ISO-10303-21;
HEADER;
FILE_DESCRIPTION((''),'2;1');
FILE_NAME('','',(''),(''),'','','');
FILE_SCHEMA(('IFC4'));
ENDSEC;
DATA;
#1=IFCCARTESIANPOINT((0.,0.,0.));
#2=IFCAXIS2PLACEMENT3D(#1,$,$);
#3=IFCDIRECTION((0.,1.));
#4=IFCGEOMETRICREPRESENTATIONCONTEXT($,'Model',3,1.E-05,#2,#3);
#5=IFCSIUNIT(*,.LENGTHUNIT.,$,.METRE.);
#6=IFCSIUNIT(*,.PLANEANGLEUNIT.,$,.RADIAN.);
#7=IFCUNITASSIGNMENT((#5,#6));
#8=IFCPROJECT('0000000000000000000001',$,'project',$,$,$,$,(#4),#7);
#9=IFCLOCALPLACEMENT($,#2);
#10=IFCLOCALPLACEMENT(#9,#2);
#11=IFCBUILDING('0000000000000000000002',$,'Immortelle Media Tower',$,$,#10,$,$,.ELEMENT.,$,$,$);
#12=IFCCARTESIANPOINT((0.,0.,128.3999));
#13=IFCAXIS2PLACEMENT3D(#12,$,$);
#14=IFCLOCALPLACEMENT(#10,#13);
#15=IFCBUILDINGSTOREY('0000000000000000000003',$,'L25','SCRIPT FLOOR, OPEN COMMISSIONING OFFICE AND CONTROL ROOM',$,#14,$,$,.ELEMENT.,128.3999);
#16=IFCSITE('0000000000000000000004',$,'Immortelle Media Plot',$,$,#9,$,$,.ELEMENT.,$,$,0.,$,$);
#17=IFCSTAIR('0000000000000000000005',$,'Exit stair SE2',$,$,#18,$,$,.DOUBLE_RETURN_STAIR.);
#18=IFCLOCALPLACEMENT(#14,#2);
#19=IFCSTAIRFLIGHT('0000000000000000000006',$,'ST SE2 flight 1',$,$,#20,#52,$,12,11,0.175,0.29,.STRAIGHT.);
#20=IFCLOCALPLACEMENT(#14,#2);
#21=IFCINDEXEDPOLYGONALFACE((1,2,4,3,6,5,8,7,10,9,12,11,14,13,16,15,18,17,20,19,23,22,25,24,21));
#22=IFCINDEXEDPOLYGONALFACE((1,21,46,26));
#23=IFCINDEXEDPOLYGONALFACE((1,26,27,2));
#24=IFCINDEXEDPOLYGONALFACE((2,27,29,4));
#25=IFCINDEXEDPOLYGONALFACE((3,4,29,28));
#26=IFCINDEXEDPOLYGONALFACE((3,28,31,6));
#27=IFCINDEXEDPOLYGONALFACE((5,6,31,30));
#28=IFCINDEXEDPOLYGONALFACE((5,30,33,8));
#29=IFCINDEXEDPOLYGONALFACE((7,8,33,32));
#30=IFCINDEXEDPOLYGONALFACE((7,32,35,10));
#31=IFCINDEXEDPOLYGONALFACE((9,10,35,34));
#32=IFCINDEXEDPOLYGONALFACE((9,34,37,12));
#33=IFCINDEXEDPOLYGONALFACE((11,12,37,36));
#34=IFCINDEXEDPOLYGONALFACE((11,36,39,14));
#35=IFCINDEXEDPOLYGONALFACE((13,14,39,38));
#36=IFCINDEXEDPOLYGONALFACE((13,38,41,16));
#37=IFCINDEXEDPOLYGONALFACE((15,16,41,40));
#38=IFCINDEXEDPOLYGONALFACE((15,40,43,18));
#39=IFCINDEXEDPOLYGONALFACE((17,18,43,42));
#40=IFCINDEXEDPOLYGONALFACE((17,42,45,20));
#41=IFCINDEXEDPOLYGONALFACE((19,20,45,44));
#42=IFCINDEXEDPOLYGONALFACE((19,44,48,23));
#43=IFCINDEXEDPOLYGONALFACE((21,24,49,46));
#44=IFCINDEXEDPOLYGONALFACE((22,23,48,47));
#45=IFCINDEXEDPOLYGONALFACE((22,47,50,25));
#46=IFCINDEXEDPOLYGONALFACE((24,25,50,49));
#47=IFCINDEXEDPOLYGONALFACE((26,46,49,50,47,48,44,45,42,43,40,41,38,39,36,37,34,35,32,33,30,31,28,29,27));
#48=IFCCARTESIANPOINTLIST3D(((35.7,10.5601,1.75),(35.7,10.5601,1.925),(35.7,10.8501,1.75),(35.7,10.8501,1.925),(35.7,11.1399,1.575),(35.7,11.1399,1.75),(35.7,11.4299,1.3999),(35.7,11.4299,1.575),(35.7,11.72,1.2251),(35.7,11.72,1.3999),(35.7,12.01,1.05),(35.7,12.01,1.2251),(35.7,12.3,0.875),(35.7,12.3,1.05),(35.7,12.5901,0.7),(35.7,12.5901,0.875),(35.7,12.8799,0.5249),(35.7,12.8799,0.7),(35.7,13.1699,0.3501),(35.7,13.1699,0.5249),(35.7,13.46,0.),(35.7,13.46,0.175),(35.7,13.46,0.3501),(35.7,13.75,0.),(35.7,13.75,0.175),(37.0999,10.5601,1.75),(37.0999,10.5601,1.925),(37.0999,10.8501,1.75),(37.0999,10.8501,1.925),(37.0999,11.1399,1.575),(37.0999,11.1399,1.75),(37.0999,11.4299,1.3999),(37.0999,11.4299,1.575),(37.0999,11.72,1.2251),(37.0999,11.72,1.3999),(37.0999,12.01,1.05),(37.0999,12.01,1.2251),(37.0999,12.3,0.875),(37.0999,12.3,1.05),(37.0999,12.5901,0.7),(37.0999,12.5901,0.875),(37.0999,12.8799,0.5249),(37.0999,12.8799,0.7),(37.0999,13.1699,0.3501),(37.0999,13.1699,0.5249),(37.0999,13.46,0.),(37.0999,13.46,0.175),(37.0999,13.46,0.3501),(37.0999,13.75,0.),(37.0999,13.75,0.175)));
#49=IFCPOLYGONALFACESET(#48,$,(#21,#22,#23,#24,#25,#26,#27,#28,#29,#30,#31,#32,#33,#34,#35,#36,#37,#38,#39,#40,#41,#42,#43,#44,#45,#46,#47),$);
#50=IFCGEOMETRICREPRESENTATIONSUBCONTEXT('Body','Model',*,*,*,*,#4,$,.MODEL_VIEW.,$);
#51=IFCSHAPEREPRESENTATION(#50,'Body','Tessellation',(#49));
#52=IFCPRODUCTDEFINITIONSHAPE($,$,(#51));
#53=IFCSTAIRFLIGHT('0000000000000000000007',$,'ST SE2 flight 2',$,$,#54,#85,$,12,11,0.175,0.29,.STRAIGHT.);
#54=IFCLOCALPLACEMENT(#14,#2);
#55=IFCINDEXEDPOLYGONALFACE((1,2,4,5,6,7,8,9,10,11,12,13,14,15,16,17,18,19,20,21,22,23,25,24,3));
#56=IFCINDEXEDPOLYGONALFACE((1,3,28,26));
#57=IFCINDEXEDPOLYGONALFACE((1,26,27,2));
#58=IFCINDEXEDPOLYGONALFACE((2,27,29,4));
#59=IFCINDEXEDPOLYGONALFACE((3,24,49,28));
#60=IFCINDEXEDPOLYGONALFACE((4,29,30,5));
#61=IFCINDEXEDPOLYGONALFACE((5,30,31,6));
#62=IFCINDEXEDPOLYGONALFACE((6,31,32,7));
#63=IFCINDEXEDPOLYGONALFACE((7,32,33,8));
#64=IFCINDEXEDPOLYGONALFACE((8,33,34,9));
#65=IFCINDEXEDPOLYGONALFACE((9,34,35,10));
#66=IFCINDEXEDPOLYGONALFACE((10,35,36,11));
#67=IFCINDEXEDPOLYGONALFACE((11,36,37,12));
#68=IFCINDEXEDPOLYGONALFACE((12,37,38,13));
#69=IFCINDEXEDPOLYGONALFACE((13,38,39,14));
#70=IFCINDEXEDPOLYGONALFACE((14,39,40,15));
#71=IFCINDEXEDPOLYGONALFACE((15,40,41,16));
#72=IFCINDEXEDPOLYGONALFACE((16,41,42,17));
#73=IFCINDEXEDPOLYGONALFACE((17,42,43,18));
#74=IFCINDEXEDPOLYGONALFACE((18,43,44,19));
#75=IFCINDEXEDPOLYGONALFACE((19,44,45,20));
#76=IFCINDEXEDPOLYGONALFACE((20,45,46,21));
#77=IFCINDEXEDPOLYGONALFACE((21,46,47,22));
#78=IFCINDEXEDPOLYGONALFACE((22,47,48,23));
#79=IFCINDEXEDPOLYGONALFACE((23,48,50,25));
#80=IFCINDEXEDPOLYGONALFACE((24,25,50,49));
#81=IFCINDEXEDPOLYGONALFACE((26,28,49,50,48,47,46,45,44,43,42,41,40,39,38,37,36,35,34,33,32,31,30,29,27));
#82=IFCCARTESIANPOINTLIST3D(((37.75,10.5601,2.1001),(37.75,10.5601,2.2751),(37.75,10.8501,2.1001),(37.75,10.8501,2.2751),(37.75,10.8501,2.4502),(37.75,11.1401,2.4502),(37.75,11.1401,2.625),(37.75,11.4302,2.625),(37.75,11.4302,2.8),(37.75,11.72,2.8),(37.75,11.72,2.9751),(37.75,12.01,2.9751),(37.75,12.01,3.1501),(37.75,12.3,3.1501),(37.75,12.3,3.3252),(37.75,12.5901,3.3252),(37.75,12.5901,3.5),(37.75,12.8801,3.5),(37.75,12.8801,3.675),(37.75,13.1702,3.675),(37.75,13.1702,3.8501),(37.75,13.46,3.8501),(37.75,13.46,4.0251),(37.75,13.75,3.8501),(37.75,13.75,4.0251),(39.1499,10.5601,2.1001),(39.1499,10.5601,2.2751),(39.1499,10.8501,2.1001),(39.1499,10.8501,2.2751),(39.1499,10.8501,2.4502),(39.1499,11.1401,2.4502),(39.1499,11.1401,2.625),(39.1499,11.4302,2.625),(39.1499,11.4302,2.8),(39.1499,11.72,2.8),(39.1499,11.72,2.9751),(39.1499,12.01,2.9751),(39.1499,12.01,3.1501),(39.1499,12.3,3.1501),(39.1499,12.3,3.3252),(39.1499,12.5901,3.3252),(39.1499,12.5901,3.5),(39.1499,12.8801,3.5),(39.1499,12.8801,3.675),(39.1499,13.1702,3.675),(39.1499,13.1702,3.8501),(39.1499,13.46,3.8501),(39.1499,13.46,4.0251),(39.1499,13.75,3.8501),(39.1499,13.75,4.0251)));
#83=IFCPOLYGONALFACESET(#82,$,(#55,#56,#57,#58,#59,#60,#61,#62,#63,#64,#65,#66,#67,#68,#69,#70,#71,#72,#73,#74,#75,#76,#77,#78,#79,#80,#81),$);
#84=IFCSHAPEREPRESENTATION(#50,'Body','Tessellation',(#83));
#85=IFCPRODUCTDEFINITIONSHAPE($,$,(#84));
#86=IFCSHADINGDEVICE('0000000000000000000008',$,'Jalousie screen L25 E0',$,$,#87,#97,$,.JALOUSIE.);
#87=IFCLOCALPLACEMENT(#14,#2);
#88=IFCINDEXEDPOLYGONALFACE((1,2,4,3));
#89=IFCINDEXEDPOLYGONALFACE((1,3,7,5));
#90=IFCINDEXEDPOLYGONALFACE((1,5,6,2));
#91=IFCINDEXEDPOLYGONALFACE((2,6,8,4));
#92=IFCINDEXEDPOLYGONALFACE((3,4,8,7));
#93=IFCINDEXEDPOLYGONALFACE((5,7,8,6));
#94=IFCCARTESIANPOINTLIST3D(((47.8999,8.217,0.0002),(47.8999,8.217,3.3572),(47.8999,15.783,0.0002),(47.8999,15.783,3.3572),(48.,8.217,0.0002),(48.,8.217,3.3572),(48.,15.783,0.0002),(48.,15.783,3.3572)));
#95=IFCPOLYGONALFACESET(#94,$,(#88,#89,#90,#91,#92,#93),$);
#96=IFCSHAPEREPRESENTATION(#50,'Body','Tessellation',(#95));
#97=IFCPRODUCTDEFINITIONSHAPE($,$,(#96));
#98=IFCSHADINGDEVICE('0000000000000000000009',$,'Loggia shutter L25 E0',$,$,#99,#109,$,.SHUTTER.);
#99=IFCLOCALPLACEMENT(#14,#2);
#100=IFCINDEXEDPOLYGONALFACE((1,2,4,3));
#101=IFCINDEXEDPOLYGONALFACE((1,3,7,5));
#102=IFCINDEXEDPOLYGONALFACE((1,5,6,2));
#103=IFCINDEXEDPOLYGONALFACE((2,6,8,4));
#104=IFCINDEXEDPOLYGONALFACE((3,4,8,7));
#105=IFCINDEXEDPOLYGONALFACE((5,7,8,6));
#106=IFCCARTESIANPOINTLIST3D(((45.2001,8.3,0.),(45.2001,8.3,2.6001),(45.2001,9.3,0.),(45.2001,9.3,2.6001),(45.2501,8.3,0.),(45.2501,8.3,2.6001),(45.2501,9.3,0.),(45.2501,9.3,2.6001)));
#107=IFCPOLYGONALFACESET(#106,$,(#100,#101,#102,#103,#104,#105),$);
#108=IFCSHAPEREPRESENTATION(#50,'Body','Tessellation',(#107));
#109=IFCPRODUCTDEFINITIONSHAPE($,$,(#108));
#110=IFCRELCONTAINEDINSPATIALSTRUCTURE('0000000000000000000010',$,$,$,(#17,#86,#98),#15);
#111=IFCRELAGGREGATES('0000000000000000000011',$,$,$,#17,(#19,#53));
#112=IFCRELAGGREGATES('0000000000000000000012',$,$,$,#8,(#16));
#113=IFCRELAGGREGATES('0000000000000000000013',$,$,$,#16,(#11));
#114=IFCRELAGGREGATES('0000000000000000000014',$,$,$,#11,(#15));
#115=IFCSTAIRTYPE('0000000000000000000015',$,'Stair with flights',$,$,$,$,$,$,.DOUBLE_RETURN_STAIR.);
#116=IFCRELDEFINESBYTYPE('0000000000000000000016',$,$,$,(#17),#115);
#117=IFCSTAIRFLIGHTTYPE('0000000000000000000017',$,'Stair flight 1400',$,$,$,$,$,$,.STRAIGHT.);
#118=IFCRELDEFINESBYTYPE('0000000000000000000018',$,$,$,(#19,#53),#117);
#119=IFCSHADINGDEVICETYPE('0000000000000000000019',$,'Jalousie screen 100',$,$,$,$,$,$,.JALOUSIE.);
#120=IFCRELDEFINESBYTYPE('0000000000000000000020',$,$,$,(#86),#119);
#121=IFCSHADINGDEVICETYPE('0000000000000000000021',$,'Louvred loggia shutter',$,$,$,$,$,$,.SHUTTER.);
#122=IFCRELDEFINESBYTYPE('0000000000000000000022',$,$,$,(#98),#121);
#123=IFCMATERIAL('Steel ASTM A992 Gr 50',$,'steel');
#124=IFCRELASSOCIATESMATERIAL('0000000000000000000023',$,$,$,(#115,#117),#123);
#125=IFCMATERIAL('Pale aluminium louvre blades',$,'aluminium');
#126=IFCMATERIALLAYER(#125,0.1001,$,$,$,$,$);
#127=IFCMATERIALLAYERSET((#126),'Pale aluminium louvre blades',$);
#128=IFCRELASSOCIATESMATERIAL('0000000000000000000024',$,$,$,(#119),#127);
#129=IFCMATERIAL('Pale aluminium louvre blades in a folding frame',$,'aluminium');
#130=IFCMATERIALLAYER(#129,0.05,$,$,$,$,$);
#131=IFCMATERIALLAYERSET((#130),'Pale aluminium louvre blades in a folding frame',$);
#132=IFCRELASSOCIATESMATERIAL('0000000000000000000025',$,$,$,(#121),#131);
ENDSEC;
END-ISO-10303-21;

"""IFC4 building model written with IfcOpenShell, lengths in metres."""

from ifc_helpers import new_model, si_unit, direction, frame, origin, origin_2d, place, context, subcontext, project, spatial, polyline, rectangle, outline, extrude, material, layer, layer_set, type_object, element, aggregate, save


model = new_model("IFC4")

# Units and contexts
model_context = context("Model", 3, precision=1e-05, world=origin(), true_north=direction((0.0, 1.0)))
body_context = subcontext(model_context, "Body", "Model", "MODEL_VIEW")
ifc_project = project(units=[si_unit("LENGTHUNIT", "METRE"), si_unit("PLANEANGLEUNIT", "RADIAN")], contexts=[model_context])

# Site, building, storey
site_placement = place(None, origin())
site = spatial("IfcSite", under=ifc_project, at=site_placement, Name="Immortelle Media Plot", CompositionType="ELEMENT", RefElevation=0.0)
building_placement = place(site_placement, origin())
building = spatial("IfcBuilding", under=site, at=building_placement, Name="Immortelle Media Tower", CompositionType="ELEMENT")
storey_placement = place(building_placement, frame((0.0, 0.0, 128.3999)))
storey = spatial("IfcBuildingStorey", under=building, at=storey_placement, Name="L25", Description="SCRIPT FLOOR, OPEN COMMISSIONING OFFICE AND CONTROL ROOM", CompositionType="ELEMENT", Elevation=128.3999)

# Shared definitions
ifc_material_1 = material(Name="Steel ASTM A992 Gr 50", Category="steel")

# Stair, stair flights
stair_type = type_object("IfcStairType", Name="Stair with flights", PredefinedType="DOUBLE_RETURN_STAIR", material=ifc_material_1)
stair_flight_type = type_object("IfcStairFlightType", Name="Stair flight 1400", PredefinedType="STRAIGHT", material=ifc_material_1)
stair_1_placement = place(storey_placement, origin())
stair_1 = element("IfcStair", 1, at=stair_1_placement, inside=storey, type_object=stair_type, Name="Exit stair SE2", PredefinedType="DOUBLE_RETURN_STAIR")
stair_flight_1_placement = place(storey_placement, frame((36.3999, 13.75, 0.0), z_axis=(0.0, 0.0, 1.0), x_axis=(0.0, -1.0, 0.0)))
stair_flight_1 = element("IfcStairFlight", 2, at=stair_flight_1_placement, type_object=stair_flight_type, Name="ST SE2 flight 1", NumberOfRisers=12, NumberOfTreads=11, PredefinedType="STRAIGHT", RiserHeight=0.175, TreadLength=0.29, context=body_context, shape_type="SweptSolid", body=[
    extrude(outline(polyline([(0.0, 0.0), (0.0, 0.175), (0.29, 0.175), (0.29, 0.3501), (0.5801, 0.3501), (0.5801, 0.5249), (0.8701, 0.5249), (0.8701, 0.7), (1.1599, 0.7), (1.1599, 0.875), (1.45, 0.875), (1.45, 1.05), (1.74, 1.05), (1.74, 1.2251), (2.03, 1.2251), (2.03, 1.3999), (2.3201, 1.3999), (2.3201, 1.575), (2.6101, 1.575), (2.6101, 1.75), (2.8999, 1.75), (2.8999, 1.925), (3.1899, 1.925), (3.1899, 2.1001), (3.1899, 1.75), (0.29, 0.0), (0.0, 0.0)])), frame((0.0, 0.7, 0.0), z_axis=(0.0, -1.0, 0.0), x_axis=(1.0, 0.0, 0.0)), (0.0, 0.0, 1.0), 1.3999),
])
stair_flight_2_placement = place(storey_placement, frame((38.45, 10.5601, 2.1001), z_axis=(0.0, 0.0, 1.0), x_axis=(0.0, 1.0, 0.0)))
stair_flight_2 = element("IfcStairFlight", 3, at=stair_flight_2_placement, type_object=stair_flight_type, Name="ST SE2 flight 2", NumberOfRisers=12, NumberOfTreads=11, PredefinedType="STRAIGHT", RiserHeight=0.175, TreadLength=0.29, context=body_context, shape_type="SweptSolid", body=[
    extrude(outline(polyline([(0.0, 0.0), (0.0, 0.175), (0.29, 0.175), (0.29, 0.3501), (0.5801, 0.3501), (0.5801, 0.5249), (0.8701, 0.5249), (0.8701, 0.7), (1.1599, 0.7), (1.1599, 0.875), (1.45, 0.875), (1.45, 1.05), (1.74, 1.05), (1.74, 1.2251), (2.03, 1.2251), (2.03, 1.3999), (2.3201, 1.3999), (2.3201, 1.575), (2.6101, 1.575), (2.6101, 1.75), (2.8999, 1.75), (2.8999, 1.925), (3.1899, 1.925), (3.1899, 2.1001), (3.1899, 1.75), (0.29, 0.0), (0.0, 0.0)])), frame((0.0, 0.7, 0.0), z_axis=(0.0, -1.0, 0.0), x_axis=(1.0, 0.0, 0.0)), (0.0, 0.0, 1.0), 1.3999),
])
aggregate(stair_1, [stair_flight_1, stair_flight_2])

# Shading devices
ifc_material_2 = material(Name="Pale aluminium louvre blades", Category="aluminium")
ifc_layer_1 = layer(ifc_material_2, 0.1001)
ifc_layer_set_1 = layer_set([ifc_layer_1], Name="Pale aluminium louvre blades")
shading_device_type_1 = type_object("IfcShadingDeviceType", Name="Jalousie screen 100", PredefinedType="JALOUSIE", material=ifc_layer_set_1)
shading_device_1_placement = place(storey_placement, frame((47.95, 12.0, 0.0002), z_axis=(0.0, 0.0, 1.0), x_axis=(0.0, 1.0, 0.0)))
element("IfcShadingDevice", 4, at=shading_device_1_placement, inside=storey, type_object=shading_device_type_1, Name="Jalousie screen L25 E0", PredefinedType="JALOUSIE", context=body_context, shape_type="SweptSolid", body=[
    extrude(rectangle(XDim=7.5659, YDim=0.1001, at=origin_2d()), origin(), (0.0, 0.0, 1.0), 3.3569),
])
ifc_material_3 = material(Name="Pale aluminium louvre blades in a folding frame", Category="aluminium")
ifc_layer_2 = layer(ifc_material_3, 0.05)
ifc_layer_set_2 = layer_set([ifc_layer_2], Name="Pale aluminium louvre blades in a folding frame")
shading_device_type_2 = type_object("IfcShadingDeviceType", Name="Louvred loggia shutter", PredefinedType="SHUTTER", material=ifc_layer_set_2)
shading_device_2_placement = place(storey_placement, frame((45.2251, 8.8, 0.0), z_axis=(0.0, 0.0, 1.0), x_axis=(0.0, 1.0, 0.0)))
element("IfcShadingDevice", 5, at=shading_device_2_placement, inside=storey, type_object=shading_device_type_2, Name="Loggia shutter L25 E0", PredefinedType="SHUTTER", context=body_context, shape_type="SweptSolid", body=[
    extrude(rectangle(XDim=1.0, YDim=0.05, at=origin_2d()), origin(), (0.0, 0.0, 1.0), 2.6001),
])

save(model, "model.ifc")
